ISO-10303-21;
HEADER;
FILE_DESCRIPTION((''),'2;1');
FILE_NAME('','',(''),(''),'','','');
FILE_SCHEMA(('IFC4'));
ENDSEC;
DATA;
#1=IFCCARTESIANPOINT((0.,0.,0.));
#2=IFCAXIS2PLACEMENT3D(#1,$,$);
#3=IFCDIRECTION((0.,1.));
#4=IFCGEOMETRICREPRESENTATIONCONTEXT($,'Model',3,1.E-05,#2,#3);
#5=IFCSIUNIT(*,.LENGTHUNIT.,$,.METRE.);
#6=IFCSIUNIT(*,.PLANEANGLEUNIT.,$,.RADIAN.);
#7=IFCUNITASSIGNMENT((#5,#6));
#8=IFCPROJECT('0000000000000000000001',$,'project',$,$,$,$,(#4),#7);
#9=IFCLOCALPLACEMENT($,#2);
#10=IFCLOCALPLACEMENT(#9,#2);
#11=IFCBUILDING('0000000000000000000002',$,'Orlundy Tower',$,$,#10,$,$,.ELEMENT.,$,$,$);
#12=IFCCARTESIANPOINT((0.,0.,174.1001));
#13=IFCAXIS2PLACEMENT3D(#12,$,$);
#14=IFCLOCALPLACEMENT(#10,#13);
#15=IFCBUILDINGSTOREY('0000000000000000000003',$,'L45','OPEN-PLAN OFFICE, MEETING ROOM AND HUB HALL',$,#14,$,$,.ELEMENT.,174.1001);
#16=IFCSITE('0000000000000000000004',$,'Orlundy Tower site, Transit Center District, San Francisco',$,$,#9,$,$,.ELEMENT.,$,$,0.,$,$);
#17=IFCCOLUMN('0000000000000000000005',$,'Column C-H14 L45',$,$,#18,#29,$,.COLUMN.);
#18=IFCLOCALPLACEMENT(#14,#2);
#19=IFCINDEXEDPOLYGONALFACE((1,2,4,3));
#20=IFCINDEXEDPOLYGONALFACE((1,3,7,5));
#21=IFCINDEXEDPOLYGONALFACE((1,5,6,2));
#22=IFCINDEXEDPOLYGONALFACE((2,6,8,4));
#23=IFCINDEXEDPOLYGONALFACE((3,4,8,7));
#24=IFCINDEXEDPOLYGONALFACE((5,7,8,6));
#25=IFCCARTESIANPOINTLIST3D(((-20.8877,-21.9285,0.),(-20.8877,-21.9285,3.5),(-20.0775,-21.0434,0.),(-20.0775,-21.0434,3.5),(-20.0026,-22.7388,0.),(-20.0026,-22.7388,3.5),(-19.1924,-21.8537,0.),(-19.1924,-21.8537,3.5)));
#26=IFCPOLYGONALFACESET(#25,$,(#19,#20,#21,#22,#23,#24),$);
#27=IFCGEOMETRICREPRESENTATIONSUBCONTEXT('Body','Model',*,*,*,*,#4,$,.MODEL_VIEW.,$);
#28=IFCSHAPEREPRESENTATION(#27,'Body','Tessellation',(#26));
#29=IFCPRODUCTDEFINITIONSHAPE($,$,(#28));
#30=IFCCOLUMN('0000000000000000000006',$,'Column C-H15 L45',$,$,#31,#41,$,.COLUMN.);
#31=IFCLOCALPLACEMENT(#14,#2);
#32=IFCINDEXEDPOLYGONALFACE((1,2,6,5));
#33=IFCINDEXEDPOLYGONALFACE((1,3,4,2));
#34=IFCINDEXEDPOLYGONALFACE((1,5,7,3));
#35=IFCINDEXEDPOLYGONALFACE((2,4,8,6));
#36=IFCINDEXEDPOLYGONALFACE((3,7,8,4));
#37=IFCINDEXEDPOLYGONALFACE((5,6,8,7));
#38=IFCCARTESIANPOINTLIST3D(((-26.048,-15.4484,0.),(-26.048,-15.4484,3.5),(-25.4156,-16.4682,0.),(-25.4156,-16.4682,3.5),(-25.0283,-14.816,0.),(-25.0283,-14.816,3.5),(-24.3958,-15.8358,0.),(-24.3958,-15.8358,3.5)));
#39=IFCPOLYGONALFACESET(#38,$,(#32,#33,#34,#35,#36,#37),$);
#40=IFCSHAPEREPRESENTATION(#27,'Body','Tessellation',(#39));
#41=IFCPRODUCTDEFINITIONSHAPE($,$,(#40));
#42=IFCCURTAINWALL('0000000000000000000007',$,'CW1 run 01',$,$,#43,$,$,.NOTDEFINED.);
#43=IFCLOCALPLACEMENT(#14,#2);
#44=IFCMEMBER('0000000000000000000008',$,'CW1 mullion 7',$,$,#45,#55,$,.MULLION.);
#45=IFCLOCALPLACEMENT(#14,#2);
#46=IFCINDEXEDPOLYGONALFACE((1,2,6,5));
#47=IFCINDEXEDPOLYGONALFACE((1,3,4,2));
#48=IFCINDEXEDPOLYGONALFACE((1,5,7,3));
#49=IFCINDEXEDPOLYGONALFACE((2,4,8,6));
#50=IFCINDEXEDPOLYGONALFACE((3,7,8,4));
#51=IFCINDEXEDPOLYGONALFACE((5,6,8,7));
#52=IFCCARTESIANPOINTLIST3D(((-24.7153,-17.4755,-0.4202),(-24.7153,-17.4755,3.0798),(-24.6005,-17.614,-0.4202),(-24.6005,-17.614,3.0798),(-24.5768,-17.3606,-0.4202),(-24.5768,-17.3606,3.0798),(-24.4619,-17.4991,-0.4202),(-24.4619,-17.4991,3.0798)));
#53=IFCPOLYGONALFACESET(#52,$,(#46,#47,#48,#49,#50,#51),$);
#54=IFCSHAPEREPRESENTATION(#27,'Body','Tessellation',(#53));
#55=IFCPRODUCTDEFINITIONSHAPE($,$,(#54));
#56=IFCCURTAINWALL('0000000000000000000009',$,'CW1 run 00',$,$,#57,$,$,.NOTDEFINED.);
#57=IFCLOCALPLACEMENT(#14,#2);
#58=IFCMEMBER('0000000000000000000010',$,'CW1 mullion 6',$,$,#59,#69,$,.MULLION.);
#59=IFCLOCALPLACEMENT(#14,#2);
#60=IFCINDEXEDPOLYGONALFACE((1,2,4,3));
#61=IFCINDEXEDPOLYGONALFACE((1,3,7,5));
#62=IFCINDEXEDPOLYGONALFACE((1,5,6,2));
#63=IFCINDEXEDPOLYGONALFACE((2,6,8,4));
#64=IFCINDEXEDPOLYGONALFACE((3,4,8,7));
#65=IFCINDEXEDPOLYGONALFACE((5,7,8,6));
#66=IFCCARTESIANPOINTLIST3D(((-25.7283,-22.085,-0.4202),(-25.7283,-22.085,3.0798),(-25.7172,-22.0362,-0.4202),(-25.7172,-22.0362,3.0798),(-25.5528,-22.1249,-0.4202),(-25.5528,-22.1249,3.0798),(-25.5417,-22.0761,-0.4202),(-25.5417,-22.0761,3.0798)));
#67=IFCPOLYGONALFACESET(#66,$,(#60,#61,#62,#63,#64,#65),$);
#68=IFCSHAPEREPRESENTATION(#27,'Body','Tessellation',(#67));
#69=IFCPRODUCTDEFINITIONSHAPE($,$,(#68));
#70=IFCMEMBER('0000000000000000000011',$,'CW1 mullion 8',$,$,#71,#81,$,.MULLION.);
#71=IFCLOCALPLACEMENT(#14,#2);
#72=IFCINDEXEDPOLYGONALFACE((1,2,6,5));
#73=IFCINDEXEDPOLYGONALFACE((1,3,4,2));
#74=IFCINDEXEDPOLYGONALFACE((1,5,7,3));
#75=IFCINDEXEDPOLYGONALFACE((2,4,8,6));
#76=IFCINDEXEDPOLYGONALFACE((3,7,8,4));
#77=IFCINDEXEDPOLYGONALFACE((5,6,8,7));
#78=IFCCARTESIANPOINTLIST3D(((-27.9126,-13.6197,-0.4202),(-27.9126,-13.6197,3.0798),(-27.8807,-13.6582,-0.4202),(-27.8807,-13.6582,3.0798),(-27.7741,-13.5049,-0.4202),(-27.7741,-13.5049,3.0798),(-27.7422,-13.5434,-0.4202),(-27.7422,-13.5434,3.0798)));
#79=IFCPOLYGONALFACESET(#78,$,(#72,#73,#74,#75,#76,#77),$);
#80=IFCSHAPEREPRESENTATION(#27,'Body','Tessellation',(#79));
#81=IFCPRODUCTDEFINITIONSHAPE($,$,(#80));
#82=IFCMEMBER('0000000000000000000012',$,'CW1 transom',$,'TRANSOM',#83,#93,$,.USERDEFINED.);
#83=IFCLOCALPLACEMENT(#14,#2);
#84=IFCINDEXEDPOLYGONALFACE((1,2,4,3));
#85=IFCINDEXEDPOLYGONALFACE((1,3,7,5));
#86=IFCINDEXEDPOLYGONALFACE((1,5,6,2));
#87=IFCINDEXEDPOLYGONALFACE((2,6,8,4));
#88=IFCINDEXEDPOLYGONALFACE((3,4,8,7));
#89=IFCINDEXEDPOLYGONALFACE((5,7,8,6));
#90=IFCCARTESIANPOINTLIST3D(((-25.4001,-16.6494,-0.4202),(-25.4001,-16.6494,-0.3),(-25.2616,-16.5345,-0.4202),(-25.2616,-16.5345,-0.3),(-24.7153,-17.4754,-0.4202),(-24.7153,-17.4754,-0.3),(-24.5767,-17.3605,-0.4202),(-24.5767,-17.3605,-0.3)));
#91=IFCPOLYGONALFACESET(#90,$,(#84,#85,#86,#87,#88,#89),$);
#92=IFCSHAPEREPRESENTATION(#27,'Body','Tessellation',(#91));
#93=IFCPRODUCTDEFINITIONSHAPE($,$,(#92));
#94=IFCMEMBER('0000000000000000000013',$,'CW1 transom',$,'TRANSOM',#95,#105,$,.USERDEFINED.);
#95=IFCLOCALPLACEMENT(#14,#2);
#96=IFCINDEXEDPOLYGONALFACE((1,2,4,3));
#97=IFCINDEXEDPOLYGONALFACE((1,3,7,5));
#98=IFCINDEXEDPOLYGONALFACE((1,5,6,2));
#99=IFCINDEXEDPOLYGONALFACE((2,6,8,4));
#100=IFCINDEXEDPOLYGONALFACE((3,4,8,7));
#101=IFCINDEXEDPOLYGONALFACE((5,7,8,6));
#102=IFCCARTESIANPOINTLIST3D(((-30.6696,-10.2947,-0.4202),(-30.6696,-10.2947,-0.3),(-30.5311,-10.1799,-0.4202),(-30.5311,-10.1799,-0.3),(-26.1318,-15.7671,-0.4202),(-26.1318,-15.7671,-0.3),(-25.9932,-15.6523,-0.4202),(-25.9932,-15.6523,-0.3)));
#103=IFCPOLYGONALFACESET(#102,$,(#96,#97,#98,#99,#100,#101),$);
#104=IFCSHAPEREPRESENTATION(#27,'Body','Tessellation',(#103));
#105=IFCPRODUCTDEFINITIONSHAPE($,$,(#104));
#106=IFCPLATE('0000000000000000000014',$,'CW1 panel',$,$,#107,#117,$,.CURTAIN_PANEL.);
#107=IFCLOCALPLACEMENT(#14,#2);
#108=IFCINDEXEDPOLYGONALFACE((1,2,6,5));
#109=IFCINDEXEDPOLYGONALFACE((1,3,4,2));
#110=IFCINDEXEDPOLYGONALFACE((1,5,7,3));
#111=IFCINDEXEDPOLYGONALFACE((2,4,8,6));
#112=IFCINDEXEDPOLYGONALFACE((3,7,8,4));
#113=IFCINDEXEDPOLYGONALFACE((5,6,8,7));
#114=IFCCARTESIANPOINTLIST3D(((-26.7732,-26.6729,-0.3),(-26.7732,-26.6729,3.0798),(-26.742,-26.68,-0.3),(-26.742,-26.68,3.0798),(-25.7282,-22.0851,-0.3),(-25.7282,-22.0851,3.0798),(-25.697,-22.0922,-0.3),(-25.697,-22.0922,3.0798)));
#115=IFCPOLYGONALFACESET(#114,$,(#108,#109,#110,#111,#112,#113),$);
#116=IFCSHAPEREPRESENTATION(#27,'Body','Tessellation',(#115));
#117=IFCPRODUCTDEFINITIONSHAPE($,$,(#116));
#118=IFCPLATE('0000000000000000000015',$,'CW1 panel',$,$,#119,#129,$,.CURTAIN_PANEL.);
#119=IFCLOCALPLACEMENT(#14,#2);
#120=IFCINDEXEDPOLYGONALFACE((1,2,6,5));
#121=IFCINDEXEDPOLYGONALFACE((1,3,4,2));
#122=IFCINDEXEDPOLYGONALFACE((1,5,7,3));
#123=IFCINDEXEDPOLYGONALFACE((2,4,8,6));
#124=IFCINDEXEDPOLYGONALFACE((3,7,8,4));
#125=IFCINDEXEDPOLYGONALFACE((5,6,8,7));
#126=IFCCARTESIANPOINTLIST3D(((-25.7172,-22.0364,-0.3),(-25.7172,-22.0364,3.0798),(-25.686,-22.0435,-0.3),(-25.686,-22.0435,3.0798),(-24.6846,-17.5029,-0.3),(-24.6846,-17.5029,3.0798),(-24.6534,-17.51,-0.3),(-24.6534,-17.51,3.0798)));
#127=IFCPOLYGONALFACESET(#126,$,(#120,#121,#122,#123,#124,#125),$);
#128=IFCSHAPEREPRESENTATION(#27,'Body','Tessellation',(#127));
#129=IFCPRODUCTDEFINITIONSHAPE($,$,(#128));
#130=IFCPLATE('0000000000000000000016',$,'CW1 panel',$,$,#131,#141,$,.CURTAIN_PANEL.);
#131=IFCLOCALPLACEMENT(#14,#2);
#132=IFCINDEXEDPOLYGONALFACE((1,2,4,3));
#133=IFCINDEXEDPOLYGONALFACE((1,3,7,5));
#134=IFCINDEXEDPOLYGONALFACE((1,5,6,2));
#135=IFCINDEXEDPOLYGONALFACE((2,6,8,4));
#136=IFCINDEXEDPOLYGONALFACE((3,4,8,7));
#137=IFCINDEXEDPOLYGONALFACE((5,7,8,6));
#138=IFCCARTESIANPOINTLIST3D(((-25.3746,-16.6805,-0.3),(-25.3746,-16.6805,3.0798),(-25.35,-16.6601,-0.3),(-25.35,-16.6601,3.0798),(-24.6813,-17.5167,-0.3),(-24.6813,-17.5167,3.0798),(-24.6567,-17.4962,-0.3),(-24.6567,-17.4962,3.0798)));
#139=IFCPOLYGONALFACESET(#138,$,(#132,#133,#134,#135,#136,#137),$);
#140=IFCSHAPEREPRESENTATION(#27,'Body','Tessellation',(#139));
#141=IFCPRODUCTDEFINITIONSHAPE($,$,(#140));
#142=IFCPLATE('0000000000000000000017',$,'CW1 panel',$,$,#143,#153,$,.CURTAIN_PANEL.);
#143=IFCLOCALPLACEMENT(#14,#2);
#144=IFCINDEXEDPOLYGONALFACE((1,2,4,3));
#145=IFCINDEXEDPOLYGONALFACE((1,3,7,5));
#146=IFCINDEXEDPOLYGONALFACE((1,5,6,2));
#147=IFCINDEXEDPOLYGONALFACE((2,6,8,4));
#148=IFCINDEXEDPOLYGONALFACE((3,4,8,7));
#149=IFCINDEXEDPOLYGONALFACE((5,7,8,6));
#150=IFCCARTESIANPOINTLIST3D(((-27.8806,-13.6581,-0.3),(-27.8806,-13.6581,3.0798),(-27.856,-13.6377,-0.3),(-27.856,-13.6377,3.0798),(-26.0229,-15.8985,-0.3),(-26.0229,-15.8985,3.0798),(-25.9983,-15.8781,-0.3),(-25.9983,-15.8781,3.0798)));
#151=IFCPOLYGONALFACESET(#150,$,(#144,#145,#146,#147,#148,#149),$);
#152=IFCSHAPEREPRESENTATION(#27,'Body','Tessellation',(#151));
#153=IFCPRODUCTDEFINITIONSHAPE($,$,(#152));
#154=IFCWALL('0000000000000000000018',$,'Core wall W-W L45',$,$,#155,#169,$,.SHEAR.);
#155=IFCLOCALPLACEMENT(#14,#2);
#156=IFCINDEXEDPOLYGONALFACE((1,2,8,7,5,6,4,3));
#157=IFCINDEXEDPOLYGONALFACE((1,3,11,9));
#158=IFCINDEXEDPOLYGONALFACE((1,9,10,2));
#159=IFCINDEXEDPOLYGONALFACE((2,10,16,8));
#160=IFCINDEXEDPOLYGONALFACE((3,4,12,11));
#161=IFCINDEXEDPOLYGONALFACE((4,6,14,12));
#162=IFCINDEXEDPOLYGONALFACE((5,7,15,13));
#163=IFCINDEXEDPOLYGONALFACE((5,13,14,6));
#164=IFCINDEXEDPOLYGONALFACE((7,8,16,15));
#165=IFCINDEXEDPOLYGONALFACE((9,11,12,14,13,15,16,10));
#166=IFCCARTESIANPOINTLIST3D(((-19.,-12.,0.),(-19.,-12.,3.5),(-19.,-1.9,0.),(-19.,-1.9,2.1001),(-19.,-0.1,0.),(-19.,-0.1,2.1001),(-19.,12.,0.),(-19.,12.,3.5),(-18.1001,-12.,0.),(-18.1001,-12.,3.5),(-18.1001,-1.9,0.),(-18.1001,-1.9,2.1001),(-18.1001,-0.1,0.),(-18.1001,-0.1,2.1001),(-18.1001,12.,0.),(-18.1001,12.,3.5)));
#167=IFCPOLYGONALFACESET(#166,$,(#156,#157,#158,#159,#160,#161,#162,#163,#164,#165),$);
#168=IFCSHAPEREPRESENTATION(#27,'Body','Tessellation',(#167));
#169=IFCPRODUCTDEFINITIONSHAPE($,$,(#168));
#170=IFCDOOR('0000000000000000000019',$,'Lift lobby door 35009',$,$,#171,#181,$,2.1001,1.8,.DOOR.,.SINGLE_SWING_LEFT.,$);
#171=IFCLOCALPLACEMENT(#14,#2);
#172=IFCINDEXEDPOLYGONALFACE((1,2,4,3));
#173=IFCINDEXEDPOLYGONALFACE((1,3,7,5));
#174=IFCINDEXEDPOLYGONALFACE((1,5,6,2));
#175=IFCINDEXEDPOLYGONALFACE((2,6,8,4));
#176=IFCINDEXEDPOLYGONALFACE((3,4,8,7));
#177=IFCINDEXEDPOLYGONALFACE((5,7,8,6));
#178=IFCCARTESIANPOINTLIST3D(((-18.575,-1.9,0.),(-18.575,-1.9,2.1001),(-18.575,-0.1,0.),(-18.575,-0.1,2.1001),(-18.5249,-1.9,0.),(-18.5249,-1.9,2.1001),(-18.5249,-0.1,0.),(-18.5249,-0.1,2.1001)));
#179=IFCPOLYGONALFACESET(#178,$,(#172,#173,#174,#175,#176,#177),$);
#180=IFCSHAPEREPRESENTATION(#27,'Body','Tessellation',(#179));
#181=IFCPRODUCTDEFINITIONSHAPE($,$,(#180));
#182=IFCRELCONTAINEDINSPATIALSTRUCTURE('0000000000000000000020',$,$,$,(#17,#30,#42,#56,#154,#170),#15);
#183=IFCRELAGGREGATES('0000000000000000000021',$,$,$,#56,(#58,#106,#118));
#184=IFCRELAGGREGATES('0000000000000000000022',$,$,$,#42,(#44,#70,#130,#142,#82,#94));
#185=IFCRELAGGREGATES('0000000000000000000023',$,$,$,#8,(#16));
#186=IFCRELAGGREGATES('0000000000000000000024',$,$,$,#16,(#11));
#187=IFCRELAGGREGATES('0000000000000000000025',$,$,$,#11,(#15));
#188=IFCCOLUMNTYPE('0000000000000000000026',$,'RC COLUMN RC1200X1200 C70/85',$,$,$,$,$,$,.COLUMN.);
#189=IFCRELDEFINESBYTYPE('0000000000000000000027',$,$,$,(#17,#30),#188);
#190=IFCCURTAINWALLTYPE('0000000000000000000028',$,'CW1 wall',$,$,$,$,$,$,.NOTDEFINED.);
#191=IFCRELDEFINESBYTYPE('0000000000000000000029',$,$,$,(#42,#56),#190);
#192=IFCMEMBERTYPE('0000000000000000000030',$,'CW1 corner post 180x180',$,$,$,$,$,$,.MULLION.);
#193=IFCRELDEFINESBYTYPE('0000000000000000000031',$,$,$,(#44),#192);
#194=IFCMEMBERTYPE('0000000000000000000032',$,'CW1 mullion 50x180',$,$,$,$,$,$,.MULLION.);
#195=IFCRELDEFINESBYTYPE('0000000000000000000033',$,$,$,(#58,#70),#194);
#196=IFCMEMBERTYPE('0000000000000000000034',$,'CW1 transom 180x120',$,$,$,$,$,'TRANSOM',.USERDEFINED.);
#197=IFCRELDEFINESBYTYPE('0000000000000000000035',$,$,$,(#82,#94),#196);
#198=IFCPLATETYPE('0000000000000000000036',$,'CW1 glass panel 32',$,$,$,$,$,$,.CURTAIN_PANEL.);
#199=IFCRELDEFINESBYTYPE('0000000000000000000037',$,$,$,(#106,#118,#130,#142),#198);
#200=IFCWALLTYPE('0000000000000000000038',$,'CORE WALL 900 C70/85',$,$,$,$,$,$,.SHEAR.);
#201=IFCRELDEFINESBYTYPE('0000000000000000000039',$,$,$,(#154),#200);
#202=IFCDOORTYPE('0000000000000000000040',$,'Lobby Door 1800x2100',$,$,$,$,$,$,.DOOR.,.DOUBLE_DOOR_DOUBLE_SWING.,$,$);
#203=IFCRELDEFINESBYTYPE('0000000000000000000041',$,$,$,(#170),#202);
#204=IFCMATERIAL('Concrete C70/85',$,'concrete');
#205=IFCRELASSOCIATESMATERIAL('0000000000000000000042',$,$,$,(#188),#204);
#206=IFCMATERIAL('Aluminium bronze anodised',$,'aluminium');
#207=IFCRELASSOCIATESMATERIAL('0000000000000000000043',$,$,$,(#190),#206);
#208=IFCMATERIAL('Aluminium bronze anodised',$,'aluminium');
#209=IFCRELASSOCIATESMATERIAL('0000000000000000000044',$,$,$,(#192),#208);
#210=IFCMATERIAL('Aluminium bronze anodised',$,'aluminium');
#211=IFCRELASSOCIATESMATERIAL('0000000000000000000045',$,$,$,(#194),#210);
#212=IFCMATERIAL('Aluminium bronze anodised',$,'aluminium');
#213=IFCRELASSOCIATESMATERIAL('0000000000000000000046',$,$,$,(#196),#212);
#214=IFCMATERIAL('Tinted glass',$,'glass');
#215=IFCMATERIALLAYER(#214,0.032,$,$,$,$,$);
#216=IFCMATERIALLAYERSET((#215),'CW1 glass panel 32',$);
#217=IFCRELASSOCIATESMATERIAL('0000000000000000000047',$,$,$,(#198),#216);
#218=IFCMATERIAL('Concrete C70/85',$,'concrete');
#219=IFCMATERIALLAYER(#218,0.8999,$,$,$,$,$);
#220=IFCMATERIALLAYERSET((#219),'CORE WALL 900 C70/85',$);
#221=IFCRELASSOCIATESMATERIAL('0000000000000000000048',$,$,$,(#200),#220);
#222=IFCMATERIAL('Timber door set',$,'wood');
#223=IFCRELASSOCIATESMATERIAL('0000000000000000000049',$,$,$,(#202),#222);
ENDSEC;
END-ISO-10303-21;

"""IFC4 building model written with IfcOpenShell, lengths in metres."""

from ifc_helpers import new_model, si_unit, direction, frame, frame_2d, origin, origin_2d, place, context, subcontext, project, spatial, rectangle, extrude, material, layer, layer_set, material_profile, profile_set, type_object, element, fill, aggregate, save


model = new_model("IFC4")

# Units and contexts
model_context = context("Model", 3, precision=1e-05, world=origin(), true_north=direction((0.0, 1.0)))
body_context = subcontext(model_context, "Body", "Model", "MODEL_VIEW")
ifc_project = project(units=[si_unit("LENGTHUNIT", "METRE"), si_unit("PLANEANGLEUNIT", "RADIAN")], contexts=[model_context])

# Site, building, storey
site_placement = place(None, origin())
site = spatial("IfcSite", under=ifc_project, at=site_placement, Name="Orlundy Tower site, Transit Center District, San Francisco", CompositionType="ELEMENT", RefElevation=0.0)
building_placement = place(site_placement, origin())
building = spatial("IfcBuilding", under=site, at=building_placement, Name="Orlundy Tower", CompositionType="ELEMENT")
storey_placement = place(building_placement, frame((0.0, 0.0, 174.1001)))
storey = spatial("IfcBuildingStorey", under=building, at=storey_placement, Name="L45", Description="OPEN-PLAN OFFICE, MEETING ROOM AND HUB HALL", CompositionType="ELEMENT", Elevation=174.1001)

# Columns
ifc_material_1 = material(Name="Concrete C70/85", Category="concrete")
ifc_material_profile_1 = material_profile(ifc_material_1, rectangle(XDim=1.2, YDim=1.2, at=origin_2d()), Name="RC1200X1200")
ifc_profile_set_1 = profile_set([ifc_material_profile_1], Name="Concrete C70/85")
column_type = type_object("IfcColumnType", Name="RC COLUMN RC1200X1200 C70/85", PredefinedType="COLUMN", material=ifc_profile_set_1)
for number, where, z_axis, x_axis, name in (
    (1, (-20.04, -21.8911, 0.0), (0.0, 0.0, 1.0), (-0.67523, -0.737607, 0.0), "Column C-H14 L45"),
    (2, (-25.2219, -15.6421, 0.0), (0.0, 0.0, 1.0), (-0.849838, -0.527045, 0.0), "Column C-H15 L45"),
):
    element("IfcColumn", number, at=place(storey_placement, frame(where, z_axis=z_axis, x_axis=x_axis)), inside=storey, type_object=column_type, Name=name, PredefinedType="COLUMN", context=body_context, shape_type="SweptSolid", body=[
        extrude(rectangle(XDim=1.2, YDim=1.2, at=origin_2d()), origin(), (0.0, 0.0, 1.0), 3.5),
    ])

# Curtain walls, members
ifc_material_2 = material(Name="Aluminium bronze anodised", Category="aluminium")
curtain_wall_type = type_object("IfcCurtainWallType", Name="CW1 wall", PredefinedType="NOTDEFINED", material=ifc_material_2)
curtain_wall_1_placement = place(storey_placement, origin())
curtain_wall_1 = element("IfcCurtainWall", 3, at=curtain_wall_1_placement, inside=storey, type_object=curtain_wall_type, Name="CW1 run 01", PredefinedType="NOTDEFINED")
ifc_material_3 = material(Name="Aluminium bronze anodised", Category="aluminium")
ifc_material_profile_2 = material_profile(ifc_material_3, rectangle(XDim=0.1799, YDim=0.1799, at=origin_2d()), Name="CW1 corner post 180x180")
ifc_profile_set_2 = profile_set([ifc_material_profile_2], Name="Aluminium bronze anodised")
member_type_1 = type_object("IfcMemberType", Name="CW1 corner post 180x180", PredefinedType="MULLION", material=ifc_profile_set_2)
member_1_placement = place(storey_placement, frame((-24.5886, -17.4873, -0.4202), z_axis=(0.0, 0.0, 1.0), x_axis=(-0.769788, -0.638299, 0.0)))
member_1 = element("IfcMember", 4, at=member_1_placement, type_object=member_type_1, Name="CW1 mullion 7", PredefinedType="MULLION", context=body_context, shape_type="SweptSolid", body=[
    extrude(rectangle(XDim=0.1799, YDim=0.1799, at=origin_2d()), origin(), (0.0, 0.0, 1.0), 3.5),
])
curtain_wall_2_placement = place(storey_placement, origin())
curtain_wall_2 = element("IfcCurtainWall", 5, at=curtain_wall_2_placement, inside=storey, type_object=curtain_wall_type, Name="CW1 run 00", PredefinedType="NOTDEFINED")
ifc_material_4 = material(Name="Aluminium bronze anodised", Category="aluminium")
ifc_material_profile_3 = material_profile(ifc_material_4, rectangle(XDim=0.1799, YDim=0.05, at=origin_2d()), Name="CW1 mullion 50x180")
ifc_profile_set_3 = profile_set([ifc_material_profile_3], Name="Aluminium bronze anodised")
member_type_2 = type_object("IfcMemberType", Name="CW1 mullion 50x180", PredefinedType="MULLION", material=ifc_profile_set_3)
member_2_placement = place(storey_placement, frame((-25.635, -22.0806, -0.4202), z_axis=(0.0, 0.0, 1.0), x_axis=(-0.975025, 0.222097, 0.0)))
member_2 = element("IfcMember", 6, at=member_2_placement, type_object=member_type_2, Name="CW1 mullion 6", PredefinedType="MULLION", context=body_context, shape_type="SweptSolid", body=[
    extrude(rectangle(XDim=0.1799, YDim=0.05, at=origin_2d()), origin(), (0.0, 0.0, 1.0), 3.5),
])

# Members
member_3_placement = place(storey_placement, frame((-27.8274, -13.5815, -0.4202), z_axis=(0.0, 0.0, 1.0), x_axis=(-0.769788, -0.638299, 0.0)))
member_3 = element("IfcMember", 7, at=member_3_placement, type_object=member_type_2, Name="CW1 mullion 8", PredefinedType="MULLION", context=body_context, shape_type="SweptSolid", body=[
    extrude(rectangle(XDim=0.1799, YDim=0.05, at=origin_2d()), origin(), (0.0, 0.0, 1.0), 3.5),
])
ifc_material_5 = material(Name="Aluminium bronze anodised", Category="aluminium")
ifc_material_profile_4 = material_profile(ifc_material_5, rectangle(XDim=0.1799, YDim=0.1201, at=origin_2d()), Name="CW1 transom 180x120")
ifc_profile_set_4 = profile_set([ifc_material_profile_4], Name="Aluminium bronze anodised")
member_type_3 = type_object("IfcMemberType", Name="CW1 transom 180x120", ElementType="TRANSOM", PredefinedType="USERDEFINED", material=ifc_profile_set_4)
member_4_placement = place(storey_placement, frame((-24.646, -17.418, -0.3601), z_axis=(-0.63828, 0.769804, 0.0), x_axis=(-0.769804, -0.63828, 0.0)))
member_4 = element("IfcMember", 8, at=member_4_placement, type_object=member_type_3, Name="CW1 transom", ObjectType="TRANSOM", PredefinedType="USERDEFINED", context=body_context, shape_type="SweptSolid", body=[
    extrude(rectangle(XDim=0.1799, YDim=0.1201, at=origin_2d()), origin(), (0.0, 0.0, 1.0), 1.073),
])
member_5_placement = place(storey_placement, frame((-26.0625, -15.7097, -0.3601), z_axis=(-0.638315, 0.769776, 0.0), x_axis=(-0.769776, -0.638315, 0.0)))
member_5 = element("IfcMember", 9, at=member_5_placement, type_object=member_type_3, Name="CW1 transom", ObjectType="TRANSOM", PredefinedType="USERDEFINED", context=body_context, shape_type="SweptSolid", body=[
    extrude(rectangle(XDim=0.1799, YDim=0.1201, at=origin_2d()), origin(), (0.0, 0.0, 1.0), 7.1091),
])

# Plates
ifc_material_6 = material(Name="Tinted glass", Category="glass")
ifc_layer_1 = layer(ifc_material_6, 0.032)
ifc_layer_set_1 = layer_set([ifc_layer_1], Name="CW1 glass panel 32")
plate_type = type_object("IfcPlateType", Name="CW1 glass panel 32", PredefinedType="CURTAIN_PANEL", material=ifc_layer_set_1)
plate_1_placement = place(storey_placement, frame((-26.2351, -24.3826, -0.3), z_axis=(0.0, 0.0, 1.0), x_axis=(0.222097, 0.975025, 0.0)))
plate_1 = element("IfcPlate", 10, at=plate_1_placement, type_object=plate_type, Name="CW1 panel", PredefinedType="CURTAIN_PANEL", context=body_context, shape_type="SweptSolid", body=[
    extrude(rectangle(XDim=4.7053, YDim=0.032, at=origin_2d()), origin(), (0.0, 0.0, 1.0), 3.3799),
])
plate_2_placement = place(storey_placement, frame((-25.1853, -19.7732, -0.3), z_axis=(0.0, 0.0, 1.0), x_axis=(0.222097, 0.975025, 0.0)))
plate_2 = element("IfcPlate", 11, at=plate_2_placement, type_object=plate_type, Name="CW1 panel", PredefinedType="CURTAIN_PANEL", context=body_context, shape_type="SweptSolid", body=[
    extrude(rectangle(XDim=4.6497, YDim=0.032, at=origin_2d()), origin(), (0.0, 0.0, 1.0), 3.3799),
])
aggregate(curtain_wall_2, [member_2, plate_1, plate_2])
plate_3_placement = place(storey_placement, frame((-25.0156, -17.0884, -0.3), z_axis=(0.0, 0.0, 1.0), x_axis=(-0.638299, 0.769788, 0.0)))
plate_3 = element("IfcPlate", 12, at=plate_3_placement, type_object=plate_type, Name="CW1 panel", PredefinedType="CURTAIN_PANEL", context=body_context, shape_type="SweptSolid", body=[
    extrude(rectangle(XDim=1.0862, YDim=0.032, at=origin_2d()), origin(), (0.0, 0.0, 1.0), 3.3799),
])
plate_4_placement = place(storey_placement, frame((-26.9395, -14.7681, -0.3), z_axis=(0.0, 0.0, 1.0), x_axis=(-0.638299, 0.769788, 0.0)))
plate_4 = element("IfcPlate", 13, at=plate_4_placement, type_object=plate_type, Name="CW1 panel", PredefinedType="CURTAIN_PANEL", context=body_context, shape_type="SweptSolid", body=[
    extrude(rectangle(XDim=2.9104, YDim=0.032, at=origin_2d()), origin(), (0.0, 0.0, 1.0), 3.3799),
])
aggregate(curtain_wall_1, [member_1, member_3, plate_3, plate_4, member_4, member_5])

# Wall, opening, door
ifc_material_7 = material(Name="Concrete C70/85", Category="concrete")
ifc_layer_2 = layer(ifc_material_7, 0.8999)
ifc_layer_set_2 = layer_set([ifc_layer_2], Name="CORE WALL 900 C70/85")
wall_type_1 = type_object("IfcWallType", Name="CORE WALL 900 C70/85", PredefinedType="SHEAR", material=ifc_layer_set_2)
wall_1_placement = place(storey_placement, frame((-18.55, -12.0, 0.0), z_axis=(0.0, 0.0, 1.0), x_axis=(0.0, 1.0, 0.0)))
wall_1 = element("IfcWall", 14, at=wall_1_placement, inside=storey, type_object=wall_type_1, Name="Core wall W-W L45", PredefinedType="SHEAR", context=body_context, shape_type="SweptSolid", body=[
    extrude(rectangle(XDim=24.0, YDim=0.8999, at=frame_2d((12.0, 0.0))), origin(), (0.0, 0.0, 1.0), 3.5),
])
opening_1_placement = place(wall_1_placement, frame((10.1001, 0.0, 0.0)))
opening_1 = element("IfcOpeningElement", 15, at=opening_1_placement, cuts=wall_1, PredefinedType="OPENING", context=body_context, shape_type="SweptSolid", body=[
    extrude(rectangle(XDim=1.8, YDim=2.1001, at=frame_2d((0.8999, 1.05))), frame((0.0, 0.46, 0.0), z_axis=(0.0, -1.0, 0.0), x_axis=(1.0, 0.0, 0.0)), (0.0, 0.0, 1.0), 0.9199),
])
ifc_material_8 = material(Name="Timber door set", Category="wood")
door_type_1 = type_object("IfcDoorType", Name="Lobby Door 1800x2100", OperationType="DOUBLE_DOOR_DOUBLE_SWING", PredefinedType="DOOR", material=ifc_material_8)
door_1_placement = place(opening_1_placement, origin())
door_1 = element("IfcDoor", 16, at=door_1_placement, inside=storey, type_object=door_type_1, Name="Lift lobby door 35009", OperationType="SINGLE_SWING_LEFT", OverallHeight=2.1001, OverallWidth=1.8, PredefinedType="DOOR", context=body_context, shape_type="SweptSolid", body=[
    extrude(rectangle(XDim=1.8, YDim=2.1001, at=frame_2d((0.8999, 1.05))), frame((0.0, 0.0249, 0.0), z_axis=(0.0, -1.0, 0.0), x_axis=(1.0, 0.0, 0.0)), (0.0, 0.0, 1.0), 0.05),
])
fill(opening_1, door_1)

save(model, "model.ifc")
